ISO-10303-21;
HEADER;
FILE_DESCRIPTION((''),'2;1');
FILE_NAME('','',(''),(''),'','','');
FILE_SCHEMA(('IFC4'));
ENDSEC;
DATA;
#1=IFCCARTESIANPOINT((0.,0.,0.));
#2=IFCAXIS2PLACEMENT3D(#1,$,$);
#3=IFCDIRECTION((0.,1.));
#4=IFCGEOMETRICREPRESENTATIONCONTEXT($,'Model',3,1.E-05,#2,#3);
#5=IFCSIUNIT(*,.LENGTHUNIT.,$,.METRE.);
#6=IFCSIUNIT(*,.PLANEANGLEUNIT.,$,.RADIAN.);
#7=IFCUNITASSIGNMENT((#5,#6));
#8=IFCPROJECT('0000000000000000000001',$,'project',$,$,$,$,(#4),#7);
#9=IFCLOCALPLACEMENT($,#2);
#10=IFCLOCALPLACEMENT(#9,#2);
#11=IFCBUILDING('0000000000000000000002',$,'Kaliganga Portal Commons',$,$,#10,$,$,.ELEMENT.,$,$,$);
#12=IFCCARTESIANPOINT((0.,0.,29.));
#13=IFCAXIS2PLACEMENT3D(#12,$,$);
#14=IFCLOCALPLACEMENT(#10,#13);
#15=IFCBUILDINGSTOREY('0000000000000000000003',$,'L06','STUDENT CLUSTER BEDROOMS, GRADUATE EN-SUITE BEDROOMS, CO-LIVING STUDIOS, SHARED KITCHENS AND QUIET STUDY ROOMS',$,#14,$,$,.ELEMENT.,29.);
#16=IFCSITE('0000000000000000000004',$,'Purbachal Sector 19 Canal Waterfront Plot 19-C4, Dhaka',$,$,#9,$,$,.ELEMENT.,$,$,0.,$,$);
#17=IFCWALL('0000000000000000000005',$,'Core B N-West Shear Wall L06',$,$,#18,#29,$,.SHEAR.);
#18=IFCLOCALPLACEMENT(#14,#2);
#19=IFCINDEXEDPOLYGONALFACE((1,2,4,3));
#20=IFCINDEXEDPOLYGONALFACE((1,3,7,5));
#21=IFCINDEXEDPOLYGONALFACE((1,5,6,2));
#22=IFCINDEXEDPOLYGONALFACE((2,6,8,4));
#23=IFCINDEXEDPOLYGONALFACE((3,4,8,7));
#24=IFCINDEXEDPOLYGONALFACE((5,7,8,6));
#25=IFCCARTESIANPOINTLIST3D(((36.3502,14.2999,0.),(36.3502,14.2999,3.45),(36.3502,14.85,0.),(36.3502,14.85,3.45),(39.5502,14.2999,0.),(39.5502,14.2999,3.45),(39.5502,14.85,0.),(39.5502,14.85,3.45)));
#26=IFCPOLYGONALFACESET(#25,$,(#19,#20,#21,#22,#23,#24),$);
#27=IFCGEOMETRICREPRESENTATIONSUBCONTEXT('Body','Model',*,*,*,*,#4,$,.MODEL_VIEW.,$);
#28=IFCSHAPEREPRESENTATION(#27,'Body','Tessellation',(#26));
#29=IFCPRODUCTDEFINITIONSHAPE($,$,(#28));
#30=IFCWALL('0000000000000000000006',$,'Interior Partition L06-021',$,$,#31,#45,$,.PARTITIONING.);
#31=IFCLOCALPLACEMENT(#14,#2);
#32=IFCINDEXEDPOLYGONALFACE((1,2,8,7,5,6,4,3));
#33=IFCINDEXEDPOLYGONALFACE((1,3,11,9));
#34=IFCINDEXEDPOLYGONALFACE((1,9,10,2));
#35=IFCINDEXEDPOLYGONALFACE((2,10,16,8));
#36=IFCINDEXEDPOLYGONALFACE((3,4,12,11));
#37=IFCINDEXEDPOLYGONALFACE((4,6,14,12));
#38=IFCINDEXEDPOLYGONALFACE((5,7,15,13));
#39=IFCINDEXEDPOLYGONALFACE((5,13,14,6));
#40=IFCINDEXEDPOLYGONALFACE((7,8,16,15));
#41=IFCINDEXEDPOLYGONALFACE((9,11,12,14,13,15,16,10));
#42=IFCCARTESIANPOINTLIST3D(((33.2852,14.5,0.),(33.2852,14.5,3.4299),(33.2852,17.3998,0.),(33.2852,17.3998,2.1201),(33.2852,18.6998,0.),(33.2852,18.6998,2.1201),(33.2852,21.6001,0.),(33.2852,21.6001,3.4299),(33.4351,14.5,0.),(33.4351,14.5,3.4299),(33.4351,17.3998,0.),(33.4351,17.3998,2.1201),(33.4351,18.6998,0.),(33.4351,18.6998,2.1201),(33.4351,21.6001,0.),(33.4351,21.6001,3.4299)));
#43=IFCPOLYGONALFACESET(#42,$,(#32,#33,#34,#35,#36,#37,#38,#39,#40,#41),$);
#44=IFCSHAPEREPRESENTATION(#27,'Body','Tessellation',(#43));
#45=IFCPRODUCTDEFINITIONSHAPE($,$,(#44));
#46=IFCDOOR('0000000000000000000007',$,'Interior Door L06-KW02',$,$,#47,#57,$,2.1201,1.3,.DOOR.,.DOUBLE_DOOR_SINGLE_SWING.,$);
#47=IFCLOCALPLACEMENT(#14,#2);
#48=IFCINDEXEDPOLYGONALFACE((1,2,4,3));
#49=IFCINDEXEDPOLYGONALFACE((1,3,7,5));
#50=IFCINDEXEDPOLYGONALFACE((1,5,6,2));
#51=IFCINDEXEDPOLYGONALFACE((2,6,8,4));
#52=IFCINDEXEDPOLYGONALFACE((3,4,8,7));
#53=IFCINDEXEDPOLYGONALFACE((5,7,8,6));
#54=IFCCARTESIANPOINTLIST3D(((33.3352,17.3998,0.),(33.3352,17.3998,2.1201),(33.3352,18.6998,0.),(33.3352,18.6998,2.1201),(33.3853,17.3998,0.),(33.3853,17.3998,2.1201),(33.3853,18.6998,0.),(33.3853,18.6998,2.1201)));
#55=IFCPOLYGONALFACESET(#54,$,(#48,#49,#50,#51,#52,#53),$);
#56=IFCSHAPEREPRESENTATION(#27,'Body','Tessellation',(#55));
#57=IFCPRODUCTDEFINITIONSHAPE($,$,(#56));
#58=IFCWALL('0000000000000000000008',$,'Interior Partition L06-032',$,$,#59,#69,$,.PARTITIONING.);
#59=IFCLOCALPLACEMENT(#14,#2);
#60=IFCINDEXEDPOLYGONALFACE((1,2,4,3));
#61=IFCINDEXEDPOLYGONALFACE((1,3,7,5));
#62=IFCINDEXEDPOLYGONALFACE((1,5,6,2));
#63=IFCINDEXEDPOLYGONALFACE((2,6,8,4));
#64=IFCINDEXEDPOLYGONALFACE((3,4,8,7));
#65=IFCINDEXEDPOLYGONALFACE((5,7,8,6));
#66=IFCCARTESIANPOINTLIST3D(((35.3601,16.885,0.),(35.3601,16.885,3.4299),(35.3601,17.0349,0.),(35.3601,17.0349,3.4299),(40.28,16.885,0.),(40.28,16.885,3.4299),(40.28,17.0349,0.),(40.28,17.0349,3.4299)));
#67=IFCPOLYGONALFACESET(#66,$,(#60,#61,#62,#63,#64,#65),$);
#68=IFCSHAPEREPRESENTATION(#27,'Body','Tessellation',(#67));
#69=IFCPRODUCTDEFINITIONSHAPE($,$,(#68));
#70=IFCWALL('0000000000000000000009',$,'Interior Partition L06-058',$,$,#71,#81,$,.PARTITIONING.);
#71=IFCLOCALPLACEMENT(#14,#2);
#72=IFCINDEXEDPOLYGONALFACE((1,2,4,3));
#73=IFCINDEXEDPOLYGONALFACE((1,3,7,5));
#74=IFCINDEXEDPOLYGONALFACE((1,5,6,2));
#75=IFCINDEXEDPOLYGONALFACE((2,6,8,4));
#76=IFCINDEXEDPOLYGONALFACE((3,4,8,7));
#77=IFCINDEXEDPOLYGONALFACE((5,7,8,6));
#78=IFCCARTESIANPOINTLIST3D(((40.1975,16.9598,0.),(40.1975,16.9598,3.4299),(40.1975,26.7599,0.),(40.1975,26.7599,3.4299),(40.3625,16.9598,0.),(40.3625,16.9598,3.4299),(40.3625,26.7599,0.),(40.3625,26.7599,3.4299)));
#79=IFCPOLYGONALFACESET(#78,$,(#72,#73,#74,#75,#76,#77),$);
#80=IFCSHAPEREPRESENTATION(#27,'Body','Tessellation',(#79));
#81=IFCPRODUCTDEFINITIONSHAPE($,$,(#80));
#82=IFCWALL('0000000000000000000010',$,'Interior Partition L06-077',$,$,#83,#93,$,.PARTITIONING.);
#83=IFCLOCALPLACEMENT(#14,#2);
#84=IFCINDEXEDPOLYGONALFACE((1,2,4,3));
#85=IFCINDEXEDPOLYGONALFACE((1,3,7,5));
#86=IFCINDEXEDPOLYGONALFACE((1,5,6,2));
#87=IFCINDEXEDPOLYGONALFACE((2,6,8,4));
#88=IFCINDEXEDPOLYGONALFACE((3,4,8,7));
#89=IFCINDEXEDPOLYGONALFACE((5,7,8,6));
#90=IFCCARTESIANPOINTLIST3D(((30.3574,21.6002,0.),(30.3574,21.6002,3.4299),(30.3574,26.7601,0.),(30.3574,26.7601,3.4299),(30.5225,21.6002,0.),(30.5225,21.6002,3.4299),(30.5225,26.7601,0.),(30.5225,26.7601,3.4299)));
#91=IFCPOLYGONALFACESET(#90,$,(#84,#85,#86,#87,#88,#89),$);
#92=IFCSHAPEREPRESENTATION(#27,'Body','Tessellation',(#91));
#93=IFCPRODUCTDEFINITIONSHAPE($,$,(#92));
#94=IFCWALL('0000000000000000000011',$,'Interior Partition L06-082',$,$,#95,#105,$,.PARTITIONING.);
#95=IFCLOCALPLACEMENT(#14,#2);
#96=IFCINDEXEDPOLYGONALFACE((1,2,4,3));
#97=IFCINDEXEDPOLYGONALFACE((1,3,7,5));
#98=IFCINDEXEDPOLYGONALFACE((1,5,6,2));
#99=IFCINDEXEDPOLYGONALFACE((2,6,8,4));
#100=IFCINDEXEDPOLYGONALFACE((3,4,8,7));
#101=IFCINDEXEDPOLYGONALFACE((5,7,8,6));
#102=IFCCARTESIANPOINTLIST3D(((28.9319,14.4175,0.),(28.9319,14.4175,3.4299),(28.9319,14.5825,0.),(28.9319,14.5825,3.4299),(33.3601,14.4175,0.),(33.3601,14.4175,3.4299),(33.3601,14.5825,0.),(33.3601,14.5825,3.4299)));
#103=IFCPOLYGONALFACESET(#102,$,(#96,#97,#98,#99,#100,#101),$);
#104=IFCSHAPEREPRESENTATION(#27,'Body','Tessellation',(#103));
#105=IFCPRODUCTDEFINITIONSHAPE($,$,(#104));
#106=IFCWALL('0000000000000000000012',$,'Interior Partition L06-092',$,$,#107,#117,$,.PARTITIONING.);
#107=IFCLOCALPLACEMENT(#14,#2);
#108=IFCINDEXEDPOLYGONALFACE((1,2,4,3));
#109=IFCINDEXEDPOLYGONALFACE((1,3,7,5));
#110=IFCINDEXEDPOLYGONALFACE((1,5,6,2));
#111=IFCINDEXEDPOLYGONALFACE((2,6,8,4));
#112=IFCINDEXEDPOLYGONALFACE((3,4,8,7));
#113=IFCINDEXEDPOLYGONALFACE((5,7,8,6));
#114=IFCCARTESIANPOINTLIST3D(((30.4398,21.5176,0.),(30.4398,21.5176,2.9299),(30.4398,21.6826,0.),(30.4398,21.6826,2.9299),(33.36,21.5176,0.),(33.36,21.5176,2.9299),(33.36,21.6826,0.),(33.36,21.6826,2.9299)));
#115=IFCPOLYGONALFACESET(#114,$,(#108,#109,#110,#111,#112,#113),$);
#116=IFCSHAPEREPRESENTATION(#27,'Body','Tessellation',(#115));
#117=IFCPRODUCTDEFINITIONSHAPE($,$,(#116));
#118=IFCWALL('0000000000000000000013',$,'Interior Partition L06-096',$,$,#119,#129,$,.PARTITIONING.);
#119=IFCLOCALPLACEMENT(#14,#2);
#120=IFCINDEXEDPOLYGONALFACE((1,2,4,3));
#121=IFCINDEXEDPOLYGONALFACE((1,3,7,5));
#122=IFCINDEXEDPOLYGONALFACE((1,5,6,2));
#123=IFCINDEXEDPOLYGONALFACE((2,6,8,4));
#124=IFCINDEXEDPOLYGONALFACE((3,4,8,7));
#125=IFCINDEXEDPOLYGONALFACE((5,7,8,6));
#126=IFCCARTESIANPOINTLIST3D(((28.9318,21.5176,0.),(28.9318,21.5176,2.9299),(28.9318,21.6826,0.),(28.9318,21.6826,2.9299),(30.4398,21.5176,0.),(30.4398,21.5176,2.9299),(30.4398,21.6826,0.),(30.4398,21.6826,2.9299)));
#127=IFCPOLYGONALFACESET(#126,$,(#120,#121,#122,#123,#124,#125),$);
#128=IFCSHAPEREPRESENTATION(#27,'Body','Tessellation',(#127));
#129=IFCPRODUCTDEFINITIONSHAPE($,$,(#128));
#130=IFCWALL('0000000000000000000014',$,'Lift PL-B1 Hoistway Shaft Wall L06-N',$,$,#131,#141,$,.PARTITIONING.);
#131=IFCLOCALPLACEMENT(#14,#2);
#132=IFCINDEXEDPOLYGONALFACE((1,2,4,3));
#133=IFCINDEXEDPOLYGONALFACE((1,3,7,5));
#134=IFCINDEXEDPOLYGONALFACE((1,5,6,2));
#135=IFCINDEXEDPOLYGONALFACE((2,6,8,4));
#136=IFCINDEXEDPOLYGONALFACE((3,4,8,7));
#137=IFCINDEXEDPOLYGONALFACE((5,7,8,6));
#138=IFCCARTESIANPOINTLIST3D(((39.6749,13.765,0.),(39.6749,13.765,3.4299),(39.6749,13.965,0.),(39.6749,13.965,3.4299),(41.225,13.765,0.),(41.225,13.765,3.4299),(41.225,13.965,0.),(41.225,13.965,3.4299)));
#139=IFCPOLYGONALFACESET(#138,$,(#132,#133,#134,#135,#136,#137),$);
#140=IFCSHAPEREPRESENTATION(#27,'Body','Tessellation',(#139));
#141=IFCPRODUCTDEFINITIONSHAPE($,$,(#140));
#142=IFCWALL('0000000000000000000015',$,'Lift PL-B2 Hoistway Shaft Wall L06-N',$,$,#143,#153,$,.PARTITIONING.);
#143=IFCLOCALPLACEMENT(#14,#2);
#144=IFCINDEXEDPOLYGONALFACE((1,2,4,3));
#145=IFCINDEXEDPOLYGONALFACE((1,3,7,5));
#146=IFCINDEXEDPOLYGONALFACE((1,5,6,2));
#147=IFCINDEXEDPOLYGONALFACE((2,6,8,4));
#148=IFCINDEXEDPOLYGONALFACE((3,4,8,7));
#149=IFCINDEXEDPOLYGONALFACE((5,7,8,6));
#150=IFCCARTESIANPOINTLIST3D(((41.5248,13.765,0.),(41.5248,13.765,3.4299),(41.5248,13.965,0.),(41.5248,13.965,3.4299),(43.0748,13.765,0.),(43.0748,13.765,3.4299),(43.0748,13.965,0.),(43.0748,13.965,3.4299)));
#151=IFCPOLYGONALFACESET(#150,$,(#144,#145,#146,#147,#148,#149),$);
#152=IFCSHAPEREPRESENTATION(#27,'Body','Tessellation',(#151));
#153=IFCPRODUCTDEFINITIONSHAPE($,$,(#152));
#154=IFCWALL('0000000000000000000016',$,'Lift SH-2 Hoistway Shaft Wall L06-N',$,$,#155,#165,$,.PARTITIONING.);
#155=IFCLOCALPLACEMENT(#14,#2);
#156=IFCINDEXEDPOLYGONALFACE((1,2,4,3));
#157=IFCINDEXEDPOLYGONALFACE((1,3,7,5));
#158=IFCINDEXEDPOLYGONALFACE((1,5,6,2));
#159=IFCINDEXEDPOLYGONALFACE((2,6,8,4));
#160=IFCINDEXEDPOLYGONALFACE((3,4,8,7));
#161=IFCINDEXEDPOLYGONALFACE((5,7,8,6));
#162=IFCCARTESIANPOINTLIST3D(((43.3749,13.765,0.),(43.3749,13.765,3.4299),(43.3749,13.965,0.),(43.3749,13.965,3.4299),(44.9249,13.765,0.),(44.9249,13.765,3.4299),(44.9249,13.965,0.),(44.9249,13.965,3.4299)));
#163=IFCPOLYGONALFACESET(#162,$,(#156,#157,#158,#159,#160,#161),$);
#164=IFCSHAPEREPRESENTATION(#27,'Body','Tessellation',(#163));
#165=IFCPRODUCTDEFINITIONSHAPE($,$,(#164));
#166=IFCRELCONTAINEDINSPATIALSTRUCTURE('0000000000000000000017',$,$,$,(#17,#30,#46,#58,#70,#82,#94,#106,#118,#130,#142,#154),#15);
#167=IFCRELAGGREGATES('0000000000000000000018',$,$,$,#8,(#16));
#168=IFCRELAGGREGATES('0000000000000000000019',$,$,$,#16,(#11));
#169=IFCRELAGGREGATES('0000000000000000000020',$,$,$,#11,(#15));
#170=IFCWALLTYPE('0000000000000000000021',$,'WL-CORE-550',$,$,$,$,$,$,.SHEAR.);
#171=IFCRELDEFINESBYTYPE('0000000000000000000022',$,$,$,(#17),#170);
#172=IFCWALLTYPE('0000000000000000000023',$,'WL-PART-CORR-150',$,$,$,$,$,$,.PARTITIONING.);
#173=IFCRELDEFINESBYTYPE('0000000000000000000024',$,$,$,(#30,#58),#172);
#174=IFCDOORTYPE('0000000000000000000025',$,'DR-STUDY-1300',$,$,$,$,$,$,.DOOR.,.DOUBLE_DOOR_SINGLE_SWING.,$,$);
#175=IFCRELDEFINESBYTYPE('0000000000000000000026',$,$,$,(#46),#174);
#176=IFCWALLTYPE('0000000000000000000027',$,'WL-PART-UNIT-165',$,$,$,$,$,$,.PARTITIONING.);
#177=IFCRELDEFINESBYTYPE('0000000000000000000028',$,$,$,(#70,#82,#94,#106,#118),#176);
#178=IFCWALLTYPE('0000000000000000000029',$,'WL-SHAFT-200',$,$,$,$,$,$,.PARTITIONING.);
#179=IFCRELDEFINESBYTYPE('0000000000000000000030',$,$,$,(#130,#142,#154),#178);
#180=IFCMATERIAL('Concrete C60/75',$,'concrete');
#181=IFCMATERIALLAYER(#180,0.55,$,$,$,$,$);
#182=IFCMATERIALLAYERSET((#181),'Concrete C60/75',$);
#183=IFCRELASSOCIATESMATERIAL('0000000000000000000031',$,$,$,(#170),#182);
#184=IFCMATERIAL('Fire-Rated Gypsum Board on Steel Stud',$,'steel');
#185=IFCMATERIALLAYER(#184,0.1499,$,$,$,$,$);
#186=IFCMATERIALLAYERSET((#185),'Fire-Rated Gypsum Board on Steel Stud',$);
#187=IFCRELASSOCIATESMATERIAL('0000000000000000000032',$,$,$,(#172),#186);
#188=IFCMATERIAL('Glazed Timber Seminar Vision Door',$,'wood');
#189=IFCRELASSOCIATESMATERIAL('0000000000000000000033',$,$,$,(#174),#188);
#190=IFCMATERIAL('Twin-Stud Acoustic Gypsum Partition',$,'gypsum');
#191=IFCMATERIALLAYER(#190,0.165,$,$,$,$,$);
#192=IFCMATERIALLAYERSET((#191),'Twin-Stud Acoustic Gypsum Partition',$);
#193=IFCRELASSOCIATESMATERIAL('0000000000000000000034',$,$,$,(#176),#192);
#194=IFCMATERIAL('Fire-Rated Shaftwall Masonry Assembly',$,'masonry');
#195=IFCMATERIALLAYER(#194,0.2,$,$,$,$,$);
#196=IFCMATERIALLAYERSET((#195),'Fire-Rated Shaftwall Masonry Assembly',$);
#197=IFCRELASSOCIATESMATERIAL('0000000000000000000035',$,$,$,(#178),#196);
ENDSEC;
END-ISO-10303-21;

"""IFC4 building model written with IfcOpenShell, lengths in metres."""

from ifc_helpers import new_model, si_unit, direction, frame, frame_2d, origin, place, context, subcontext, project, spatial, rectangle, extrude, material, layer, layer_set, type_object, element, fill, save


model = new_model("IFC4")

# Units and contexts
model_context = context("Model", 3, precision=1e-05, world=origin(), true_north=direction((0.0, 1.0)))
body_context = subcontext(model_context, "Body", "Model", "MODEL_VIEW")
ifc_project = project(units=[si_unit("LENGTHUNIT", "METRE"), si_unit("PLANEANGLEUNIT", "RADIAN")], contexts=[model_context])

# Site, building, storey
site_placement = place(None, origin())
site = spatial("IfcSite", under=ifc_project, at=site_placement, Name="Purbachal Sector 19 Canal Waterfront Plot 19-C4, Dhaka", CompositionType="ELEMENT", RefElevation=0.0)
building_placement = place(site_placement, origin())
building = spatial("IfcBuilding", under=site, at=building_placement, Name="Kaliganga Portal Commons", CompositionType="ELEMENT")
storey_placement = place(building_placement, frame((0.0, 0.0, 29.0)))
storey = spatial("IfcBuildingStorey", under=building, at=storey_placement, Name="L06", Description="STUDENT CLUSTER BEDROOMS, GRADUATE EN-SUITE BEDROOMS, CO-LIVING STUDIOS, SHARED KITCHENS AND QUIET STUDY ROOMS", CompositionType="ELEMENT", Elevation=29.0)

# Shared definitions
ifc_material_1 = material(Name="Concrete C60/75", Category="concrete")

# Wall
ifc_layer_1 = layer(ifc_material_1, 0.55)
ifc_layer_set_1 = layer_set([ifc_layer_1], Name="Concrete C60/75")
wall_type_1 = type_object("IfcWallType", Name="WL-CORE-550", PredefinedType="SHEAR", material=ifc_layer_set_1)
wall_1_placement = place(storey_placement, frame((36.3501, 14.575, 0.0), z_axis=(0.0, 0.0, 1.0), x_axis=(1.0, 0.0, 0.0)))
element("IfcWall", 1, at=wall_1_placement, inside=storey, type_object=wall_type_1, Name="Core B N-West Shear Wall L06", PredefinedType="SHEAR", context=body_context, shape_type="SweptSolid", body=[
    extrude(rectangle(XDim=3.2, YDim=0.55, at=frame_2d((1.6001, 0.0))), origin(), (0.0, 0.0, 1.0), 3.45),
])

# Wall, opening, door
ifc_material_2 = material(Name="Fire-Rated Gypsum Board on Steel Stud", Category="steel")
ifc_layer_2 = layer(ifc_material_2, 0.1499)
ifc_layer_set_2 = layer_set([ifc_layer_2], Name="Fire-Rated Gypsum Board on Steel Stud")
wall_type_2 = type_object("IfcWallType", Name="WL-PART-CORR-150", PredefinedType="PARTITIONING", material=ifc_layer_set_2)
ifc_material_3 = material(Name="Glazed Timber Seminar Vision Door", Category="wood")
door_type_1 = type_object("IfcDoorType", Name="DR-STUDY-1300", OperationType="DOUBLE_DOOR_SINGLE_SWING", PredefinedType="DOOR", material=ifc_material_3)
wall_2_placement = place(storey_placement, frame((33.3601, 14.5, 0.0), z_axis=(0.0, 0.0, 1.0), x_axis=(0.0, 1.0, 0.0)))
wall_2 = element("IfcWall", 2, at=wall_2_placement, inside=storey, type_object=wall_type_2, Name="Interior Partition L06-021", PredefinedType="PARTITIONING", context=body_context, shape_type="SweptSolid", body=[
    extrude(rectangle(XDim=7.1001, YDim=0.1499, at=frame_2d((3.55, 0.0))), origin(), (0.0, 0.0, 1.0), 3.4299),
])
opening_1_placement = place(wall_2_placement, frame((2.8999, 0.0, 0.0)))
opening_1 = element("IfcOpeningElement", 3, at=opening_1_placement, cuts=wall_2, PredefinedType="OPENING", context=body_context, shape_type="SweptSolid", body=[
    extrude(rectangle(XDim=1.3, YDim=2.1201, at=frame_2d((0.6499, 1.0601))), frame((0.0, 0.085, 0.0), z_axis=(0.0, -1.0, 0.0), x_axis=(1.0, 0.0, 0.0)), (0.0, 0.0, 1.0), 0.1699),
])
door_1_placement = place(opening_1_placement, origin())
door_1 = element("IfcDoor", 4, at=door_1_placement, inside=storey, type_object=door_type_1, Name="Interior Door L06-KW02", OperationType="DOUBLE_DOOR_SINGLE_SWING", OverallHeight=2.1201, OverallWidth=1.3, PredefinedType="DOOR", context=body_context, shape_type="SweptSolid", body=[
    extrude(rectangle(XDim=1.3, YDim=2.1201, at=frame_2d((0.6499, 1.0601))), frame((0.0, 0.0249, 0.0), z_axis=(0.0, -1.0, 0.0), x_axis=(1.0, 0.0, 0.0)), (0.0, 0.0, 1.0), 0.05),
])
fill(opening_1, door_1)

# Wall
wall_3_placement = place(storey_placement, frame((35.3601, 16.96, 0.0), z_axis=(0.0, 0.0, 1.0), x_axis=(1.0, 0.0, 0.0)))
element("IfcWall", 5, at=wall_3_placement, inside=storey, type_object=wall_type_2, Name="Interior Partition L06-032", PredefinedType="PARTITIONING", context=body_context, shape_type="SweptSolid", body=[
    extrude(rectangle(XDim=4.9199, YDim=0.1499, at=frame_2d((2.46, 0.0))), origin(), (0.0, 0.0, 1.0), 3.4299),
])

# Walls
ifc_material_4 = material(Name="Twin-Stud Acoustic Gypsum Partition", Category="gypsum")
ifc_layer_3 = layer(ifc_material_4, 0.165)
ifc_layer_set_3 = layer_set([ifc_layer_3], Name="Twin-Stud Acoustic Gypsum Partition")
wall_type_3 = type_object("IfcWallType", Name="WL-PART-UNIT-165", PredefinedType="PARTITIONING", material=ifc_layer_set_3)
wall_4_placement = place(storey_placement, frame((40.28, 16.96, 0.0), z_axis=(0.0, 0.0, 1.0), x_axis=(0.0, 1.0, 0.0)))
element("IfcWall", 6, at=wall_4_placement, inside=storey, type_object=wall_type_3, Name="Interior Partition L06-058", PredefinedType="PARTITIONING", context=body_context, shape_type="SweptSolid", body=[
    extrude(rectangle(XDim=9.8, YDim=0.165, at=frame_2d((4.8999, 0.0))), origin(), (0.0, 0.0, 1.0), 3.4299),
])
wall_5_placement = place(storey_placement, frame((30.4399, 21.6001, 0.0), z_axis=(0.0, 0.0, 1.0), x_axis=(0.0, 1.0, 0.0)))
element("IfcWall", 7, at=wall_5_placement, inside=storey, type_object=wall_type_3, Name="Interior Partition L06-077", PredefinedType="PARTITIONING", context=body_context, shape_type="SweptSolid", body=[
    extrude(rectangle(XDim=5.1599, YDim=0.165, at=frame_2d((2.5801, 0.0))), origin(), (0.0, 0.0, 1.0), 3.4299),
])
wall_6_placement = place(storey_placement, frame((28.9319, 14.5, 0.0), z_axis=(0.0, 0.0, 1.0), x_axis=(1.0, 0.0, 0.0)))
element("IfcWall", 8, at=wall_6_placement, inside=storey, type_object=wall_type_3, Name="Interior Partition L06-082", PredefinedType="PARTITIONING", context=body_context, shape_type="SweptSolid", body=[
    extrude(rectangle(XDim=4.4282, YDim=0.165, at=frame_2d((2.2141, 0.0))), origin(), (0.0, 0.0, 1.0), 3.4299),
])
wall_7_placement = place(storey_placement, frame((30.4399, 21.6001, 0.0), z_axis=(0.0, 0.0, 1.0), x_axis=(1.0, 0.0, 0.0)))
element("IfcWall", 9, at=wall_7_placement, inside=storey, type_object=wall_type_3, Name="Interior Partition L06-092", PredefinedType="PARTITIONING", context=body_context, shape_type="SweptSolid", body=[
    extrude(rectangle(XDim=2.9202, YDim=0.165, at=frame_2d((1.46, 0.0))), origin(), (0.0, 0.0, 1.0), 2.9299),
])
wall_8_placement = place(storey_placement, frame((28.9319, 21.6001, 0.0), z_axis=(0.0, 0.0, 1.0), x_axis=(1.0, 0.0, 0.0)))
element("IfcWall", 10, at=wall_8_placement, inside=storey, type_object=wall_type_3, Name="Interior Partition L06-096", PredefinedType="PARTITIONING", context=body_context, shape_type="SweptSolid", body=[
    extrude(rectangle(XDim=1.5081, YDim=0.165, at=frame_2d((0.7539, 0.0))), origin(), (0.0, 0.0, 1.0), 2.9299),
])
ifc_material_5 = material(Name="Fire-Rated Shaftwall Masonry Assembly", Category="masonry")
ifc_layer_4 = layer(ifc_material_5, 0.2)
ifc_layer_set_4 = layer_set([ifc_layer_4], Name="Fire-Rated Shaftwall Masonry Assembly")
wall_type_4 = type_object("IfcWallType", Name="WL-SHAFT-200", PredefinedType="PARTITIONING", material=ifc_layer_set_4)
for number, where, z_axis, x_axis, name in (
    (11, (39.675, 13.865, 0.0), (0.0, 0.0, 1.0), (1.0, 0.0, 0.0), "Lift PL-B1 Hoistway Shaft Wall L06-N"),
    (12, (41.5249, 13.865, 0.0), (0.0, 0.0, 1.0), (1.0, 0.0, 0.0), "Lift PL-B2 Hoistway Shaft Wall L06-N"),
):
    element("IfcWall", number, at=place(storey_placement, frame(where, z_axis=z_axis, x_axis=x_axis)), inside=storey, type_object=wall_type_4, Name=name, PredefinedType="PARTITIONING", context=body_context, shape_type="SweptSolid", body=[
        extrude(rectangle(XDim=1.55, YDim=0.2, at=frame_2d((0.7749, 0.0))), origin(), (0.0, 0.0, 1.0), 3.4299),
    ])

# Wall
wall_9_placement = place(storey_placement, frame((43.375, 13.865, 0.0), z_axis=(0.0, 0.0, 1.0), x_axis=(1.0, 0.0, 0.0)))
element("IfcWall", 13, at=wall_9_placement, inside=storey, type_object=wall_type_4, Name="Lift SH-2 Hoistway Shaft Wall L06-N", PredefinedType="PARTITIONING", context=body_context, shape_type="SweptSolid", body=[
    extrude(rectangle(XDim=1.55, YDim=0.2, at=frame_2d((0.7749, 0.0))), origin(), (0.0, 0.0, 1.0), 3.4299),
])

save(model, "model.ifc")
